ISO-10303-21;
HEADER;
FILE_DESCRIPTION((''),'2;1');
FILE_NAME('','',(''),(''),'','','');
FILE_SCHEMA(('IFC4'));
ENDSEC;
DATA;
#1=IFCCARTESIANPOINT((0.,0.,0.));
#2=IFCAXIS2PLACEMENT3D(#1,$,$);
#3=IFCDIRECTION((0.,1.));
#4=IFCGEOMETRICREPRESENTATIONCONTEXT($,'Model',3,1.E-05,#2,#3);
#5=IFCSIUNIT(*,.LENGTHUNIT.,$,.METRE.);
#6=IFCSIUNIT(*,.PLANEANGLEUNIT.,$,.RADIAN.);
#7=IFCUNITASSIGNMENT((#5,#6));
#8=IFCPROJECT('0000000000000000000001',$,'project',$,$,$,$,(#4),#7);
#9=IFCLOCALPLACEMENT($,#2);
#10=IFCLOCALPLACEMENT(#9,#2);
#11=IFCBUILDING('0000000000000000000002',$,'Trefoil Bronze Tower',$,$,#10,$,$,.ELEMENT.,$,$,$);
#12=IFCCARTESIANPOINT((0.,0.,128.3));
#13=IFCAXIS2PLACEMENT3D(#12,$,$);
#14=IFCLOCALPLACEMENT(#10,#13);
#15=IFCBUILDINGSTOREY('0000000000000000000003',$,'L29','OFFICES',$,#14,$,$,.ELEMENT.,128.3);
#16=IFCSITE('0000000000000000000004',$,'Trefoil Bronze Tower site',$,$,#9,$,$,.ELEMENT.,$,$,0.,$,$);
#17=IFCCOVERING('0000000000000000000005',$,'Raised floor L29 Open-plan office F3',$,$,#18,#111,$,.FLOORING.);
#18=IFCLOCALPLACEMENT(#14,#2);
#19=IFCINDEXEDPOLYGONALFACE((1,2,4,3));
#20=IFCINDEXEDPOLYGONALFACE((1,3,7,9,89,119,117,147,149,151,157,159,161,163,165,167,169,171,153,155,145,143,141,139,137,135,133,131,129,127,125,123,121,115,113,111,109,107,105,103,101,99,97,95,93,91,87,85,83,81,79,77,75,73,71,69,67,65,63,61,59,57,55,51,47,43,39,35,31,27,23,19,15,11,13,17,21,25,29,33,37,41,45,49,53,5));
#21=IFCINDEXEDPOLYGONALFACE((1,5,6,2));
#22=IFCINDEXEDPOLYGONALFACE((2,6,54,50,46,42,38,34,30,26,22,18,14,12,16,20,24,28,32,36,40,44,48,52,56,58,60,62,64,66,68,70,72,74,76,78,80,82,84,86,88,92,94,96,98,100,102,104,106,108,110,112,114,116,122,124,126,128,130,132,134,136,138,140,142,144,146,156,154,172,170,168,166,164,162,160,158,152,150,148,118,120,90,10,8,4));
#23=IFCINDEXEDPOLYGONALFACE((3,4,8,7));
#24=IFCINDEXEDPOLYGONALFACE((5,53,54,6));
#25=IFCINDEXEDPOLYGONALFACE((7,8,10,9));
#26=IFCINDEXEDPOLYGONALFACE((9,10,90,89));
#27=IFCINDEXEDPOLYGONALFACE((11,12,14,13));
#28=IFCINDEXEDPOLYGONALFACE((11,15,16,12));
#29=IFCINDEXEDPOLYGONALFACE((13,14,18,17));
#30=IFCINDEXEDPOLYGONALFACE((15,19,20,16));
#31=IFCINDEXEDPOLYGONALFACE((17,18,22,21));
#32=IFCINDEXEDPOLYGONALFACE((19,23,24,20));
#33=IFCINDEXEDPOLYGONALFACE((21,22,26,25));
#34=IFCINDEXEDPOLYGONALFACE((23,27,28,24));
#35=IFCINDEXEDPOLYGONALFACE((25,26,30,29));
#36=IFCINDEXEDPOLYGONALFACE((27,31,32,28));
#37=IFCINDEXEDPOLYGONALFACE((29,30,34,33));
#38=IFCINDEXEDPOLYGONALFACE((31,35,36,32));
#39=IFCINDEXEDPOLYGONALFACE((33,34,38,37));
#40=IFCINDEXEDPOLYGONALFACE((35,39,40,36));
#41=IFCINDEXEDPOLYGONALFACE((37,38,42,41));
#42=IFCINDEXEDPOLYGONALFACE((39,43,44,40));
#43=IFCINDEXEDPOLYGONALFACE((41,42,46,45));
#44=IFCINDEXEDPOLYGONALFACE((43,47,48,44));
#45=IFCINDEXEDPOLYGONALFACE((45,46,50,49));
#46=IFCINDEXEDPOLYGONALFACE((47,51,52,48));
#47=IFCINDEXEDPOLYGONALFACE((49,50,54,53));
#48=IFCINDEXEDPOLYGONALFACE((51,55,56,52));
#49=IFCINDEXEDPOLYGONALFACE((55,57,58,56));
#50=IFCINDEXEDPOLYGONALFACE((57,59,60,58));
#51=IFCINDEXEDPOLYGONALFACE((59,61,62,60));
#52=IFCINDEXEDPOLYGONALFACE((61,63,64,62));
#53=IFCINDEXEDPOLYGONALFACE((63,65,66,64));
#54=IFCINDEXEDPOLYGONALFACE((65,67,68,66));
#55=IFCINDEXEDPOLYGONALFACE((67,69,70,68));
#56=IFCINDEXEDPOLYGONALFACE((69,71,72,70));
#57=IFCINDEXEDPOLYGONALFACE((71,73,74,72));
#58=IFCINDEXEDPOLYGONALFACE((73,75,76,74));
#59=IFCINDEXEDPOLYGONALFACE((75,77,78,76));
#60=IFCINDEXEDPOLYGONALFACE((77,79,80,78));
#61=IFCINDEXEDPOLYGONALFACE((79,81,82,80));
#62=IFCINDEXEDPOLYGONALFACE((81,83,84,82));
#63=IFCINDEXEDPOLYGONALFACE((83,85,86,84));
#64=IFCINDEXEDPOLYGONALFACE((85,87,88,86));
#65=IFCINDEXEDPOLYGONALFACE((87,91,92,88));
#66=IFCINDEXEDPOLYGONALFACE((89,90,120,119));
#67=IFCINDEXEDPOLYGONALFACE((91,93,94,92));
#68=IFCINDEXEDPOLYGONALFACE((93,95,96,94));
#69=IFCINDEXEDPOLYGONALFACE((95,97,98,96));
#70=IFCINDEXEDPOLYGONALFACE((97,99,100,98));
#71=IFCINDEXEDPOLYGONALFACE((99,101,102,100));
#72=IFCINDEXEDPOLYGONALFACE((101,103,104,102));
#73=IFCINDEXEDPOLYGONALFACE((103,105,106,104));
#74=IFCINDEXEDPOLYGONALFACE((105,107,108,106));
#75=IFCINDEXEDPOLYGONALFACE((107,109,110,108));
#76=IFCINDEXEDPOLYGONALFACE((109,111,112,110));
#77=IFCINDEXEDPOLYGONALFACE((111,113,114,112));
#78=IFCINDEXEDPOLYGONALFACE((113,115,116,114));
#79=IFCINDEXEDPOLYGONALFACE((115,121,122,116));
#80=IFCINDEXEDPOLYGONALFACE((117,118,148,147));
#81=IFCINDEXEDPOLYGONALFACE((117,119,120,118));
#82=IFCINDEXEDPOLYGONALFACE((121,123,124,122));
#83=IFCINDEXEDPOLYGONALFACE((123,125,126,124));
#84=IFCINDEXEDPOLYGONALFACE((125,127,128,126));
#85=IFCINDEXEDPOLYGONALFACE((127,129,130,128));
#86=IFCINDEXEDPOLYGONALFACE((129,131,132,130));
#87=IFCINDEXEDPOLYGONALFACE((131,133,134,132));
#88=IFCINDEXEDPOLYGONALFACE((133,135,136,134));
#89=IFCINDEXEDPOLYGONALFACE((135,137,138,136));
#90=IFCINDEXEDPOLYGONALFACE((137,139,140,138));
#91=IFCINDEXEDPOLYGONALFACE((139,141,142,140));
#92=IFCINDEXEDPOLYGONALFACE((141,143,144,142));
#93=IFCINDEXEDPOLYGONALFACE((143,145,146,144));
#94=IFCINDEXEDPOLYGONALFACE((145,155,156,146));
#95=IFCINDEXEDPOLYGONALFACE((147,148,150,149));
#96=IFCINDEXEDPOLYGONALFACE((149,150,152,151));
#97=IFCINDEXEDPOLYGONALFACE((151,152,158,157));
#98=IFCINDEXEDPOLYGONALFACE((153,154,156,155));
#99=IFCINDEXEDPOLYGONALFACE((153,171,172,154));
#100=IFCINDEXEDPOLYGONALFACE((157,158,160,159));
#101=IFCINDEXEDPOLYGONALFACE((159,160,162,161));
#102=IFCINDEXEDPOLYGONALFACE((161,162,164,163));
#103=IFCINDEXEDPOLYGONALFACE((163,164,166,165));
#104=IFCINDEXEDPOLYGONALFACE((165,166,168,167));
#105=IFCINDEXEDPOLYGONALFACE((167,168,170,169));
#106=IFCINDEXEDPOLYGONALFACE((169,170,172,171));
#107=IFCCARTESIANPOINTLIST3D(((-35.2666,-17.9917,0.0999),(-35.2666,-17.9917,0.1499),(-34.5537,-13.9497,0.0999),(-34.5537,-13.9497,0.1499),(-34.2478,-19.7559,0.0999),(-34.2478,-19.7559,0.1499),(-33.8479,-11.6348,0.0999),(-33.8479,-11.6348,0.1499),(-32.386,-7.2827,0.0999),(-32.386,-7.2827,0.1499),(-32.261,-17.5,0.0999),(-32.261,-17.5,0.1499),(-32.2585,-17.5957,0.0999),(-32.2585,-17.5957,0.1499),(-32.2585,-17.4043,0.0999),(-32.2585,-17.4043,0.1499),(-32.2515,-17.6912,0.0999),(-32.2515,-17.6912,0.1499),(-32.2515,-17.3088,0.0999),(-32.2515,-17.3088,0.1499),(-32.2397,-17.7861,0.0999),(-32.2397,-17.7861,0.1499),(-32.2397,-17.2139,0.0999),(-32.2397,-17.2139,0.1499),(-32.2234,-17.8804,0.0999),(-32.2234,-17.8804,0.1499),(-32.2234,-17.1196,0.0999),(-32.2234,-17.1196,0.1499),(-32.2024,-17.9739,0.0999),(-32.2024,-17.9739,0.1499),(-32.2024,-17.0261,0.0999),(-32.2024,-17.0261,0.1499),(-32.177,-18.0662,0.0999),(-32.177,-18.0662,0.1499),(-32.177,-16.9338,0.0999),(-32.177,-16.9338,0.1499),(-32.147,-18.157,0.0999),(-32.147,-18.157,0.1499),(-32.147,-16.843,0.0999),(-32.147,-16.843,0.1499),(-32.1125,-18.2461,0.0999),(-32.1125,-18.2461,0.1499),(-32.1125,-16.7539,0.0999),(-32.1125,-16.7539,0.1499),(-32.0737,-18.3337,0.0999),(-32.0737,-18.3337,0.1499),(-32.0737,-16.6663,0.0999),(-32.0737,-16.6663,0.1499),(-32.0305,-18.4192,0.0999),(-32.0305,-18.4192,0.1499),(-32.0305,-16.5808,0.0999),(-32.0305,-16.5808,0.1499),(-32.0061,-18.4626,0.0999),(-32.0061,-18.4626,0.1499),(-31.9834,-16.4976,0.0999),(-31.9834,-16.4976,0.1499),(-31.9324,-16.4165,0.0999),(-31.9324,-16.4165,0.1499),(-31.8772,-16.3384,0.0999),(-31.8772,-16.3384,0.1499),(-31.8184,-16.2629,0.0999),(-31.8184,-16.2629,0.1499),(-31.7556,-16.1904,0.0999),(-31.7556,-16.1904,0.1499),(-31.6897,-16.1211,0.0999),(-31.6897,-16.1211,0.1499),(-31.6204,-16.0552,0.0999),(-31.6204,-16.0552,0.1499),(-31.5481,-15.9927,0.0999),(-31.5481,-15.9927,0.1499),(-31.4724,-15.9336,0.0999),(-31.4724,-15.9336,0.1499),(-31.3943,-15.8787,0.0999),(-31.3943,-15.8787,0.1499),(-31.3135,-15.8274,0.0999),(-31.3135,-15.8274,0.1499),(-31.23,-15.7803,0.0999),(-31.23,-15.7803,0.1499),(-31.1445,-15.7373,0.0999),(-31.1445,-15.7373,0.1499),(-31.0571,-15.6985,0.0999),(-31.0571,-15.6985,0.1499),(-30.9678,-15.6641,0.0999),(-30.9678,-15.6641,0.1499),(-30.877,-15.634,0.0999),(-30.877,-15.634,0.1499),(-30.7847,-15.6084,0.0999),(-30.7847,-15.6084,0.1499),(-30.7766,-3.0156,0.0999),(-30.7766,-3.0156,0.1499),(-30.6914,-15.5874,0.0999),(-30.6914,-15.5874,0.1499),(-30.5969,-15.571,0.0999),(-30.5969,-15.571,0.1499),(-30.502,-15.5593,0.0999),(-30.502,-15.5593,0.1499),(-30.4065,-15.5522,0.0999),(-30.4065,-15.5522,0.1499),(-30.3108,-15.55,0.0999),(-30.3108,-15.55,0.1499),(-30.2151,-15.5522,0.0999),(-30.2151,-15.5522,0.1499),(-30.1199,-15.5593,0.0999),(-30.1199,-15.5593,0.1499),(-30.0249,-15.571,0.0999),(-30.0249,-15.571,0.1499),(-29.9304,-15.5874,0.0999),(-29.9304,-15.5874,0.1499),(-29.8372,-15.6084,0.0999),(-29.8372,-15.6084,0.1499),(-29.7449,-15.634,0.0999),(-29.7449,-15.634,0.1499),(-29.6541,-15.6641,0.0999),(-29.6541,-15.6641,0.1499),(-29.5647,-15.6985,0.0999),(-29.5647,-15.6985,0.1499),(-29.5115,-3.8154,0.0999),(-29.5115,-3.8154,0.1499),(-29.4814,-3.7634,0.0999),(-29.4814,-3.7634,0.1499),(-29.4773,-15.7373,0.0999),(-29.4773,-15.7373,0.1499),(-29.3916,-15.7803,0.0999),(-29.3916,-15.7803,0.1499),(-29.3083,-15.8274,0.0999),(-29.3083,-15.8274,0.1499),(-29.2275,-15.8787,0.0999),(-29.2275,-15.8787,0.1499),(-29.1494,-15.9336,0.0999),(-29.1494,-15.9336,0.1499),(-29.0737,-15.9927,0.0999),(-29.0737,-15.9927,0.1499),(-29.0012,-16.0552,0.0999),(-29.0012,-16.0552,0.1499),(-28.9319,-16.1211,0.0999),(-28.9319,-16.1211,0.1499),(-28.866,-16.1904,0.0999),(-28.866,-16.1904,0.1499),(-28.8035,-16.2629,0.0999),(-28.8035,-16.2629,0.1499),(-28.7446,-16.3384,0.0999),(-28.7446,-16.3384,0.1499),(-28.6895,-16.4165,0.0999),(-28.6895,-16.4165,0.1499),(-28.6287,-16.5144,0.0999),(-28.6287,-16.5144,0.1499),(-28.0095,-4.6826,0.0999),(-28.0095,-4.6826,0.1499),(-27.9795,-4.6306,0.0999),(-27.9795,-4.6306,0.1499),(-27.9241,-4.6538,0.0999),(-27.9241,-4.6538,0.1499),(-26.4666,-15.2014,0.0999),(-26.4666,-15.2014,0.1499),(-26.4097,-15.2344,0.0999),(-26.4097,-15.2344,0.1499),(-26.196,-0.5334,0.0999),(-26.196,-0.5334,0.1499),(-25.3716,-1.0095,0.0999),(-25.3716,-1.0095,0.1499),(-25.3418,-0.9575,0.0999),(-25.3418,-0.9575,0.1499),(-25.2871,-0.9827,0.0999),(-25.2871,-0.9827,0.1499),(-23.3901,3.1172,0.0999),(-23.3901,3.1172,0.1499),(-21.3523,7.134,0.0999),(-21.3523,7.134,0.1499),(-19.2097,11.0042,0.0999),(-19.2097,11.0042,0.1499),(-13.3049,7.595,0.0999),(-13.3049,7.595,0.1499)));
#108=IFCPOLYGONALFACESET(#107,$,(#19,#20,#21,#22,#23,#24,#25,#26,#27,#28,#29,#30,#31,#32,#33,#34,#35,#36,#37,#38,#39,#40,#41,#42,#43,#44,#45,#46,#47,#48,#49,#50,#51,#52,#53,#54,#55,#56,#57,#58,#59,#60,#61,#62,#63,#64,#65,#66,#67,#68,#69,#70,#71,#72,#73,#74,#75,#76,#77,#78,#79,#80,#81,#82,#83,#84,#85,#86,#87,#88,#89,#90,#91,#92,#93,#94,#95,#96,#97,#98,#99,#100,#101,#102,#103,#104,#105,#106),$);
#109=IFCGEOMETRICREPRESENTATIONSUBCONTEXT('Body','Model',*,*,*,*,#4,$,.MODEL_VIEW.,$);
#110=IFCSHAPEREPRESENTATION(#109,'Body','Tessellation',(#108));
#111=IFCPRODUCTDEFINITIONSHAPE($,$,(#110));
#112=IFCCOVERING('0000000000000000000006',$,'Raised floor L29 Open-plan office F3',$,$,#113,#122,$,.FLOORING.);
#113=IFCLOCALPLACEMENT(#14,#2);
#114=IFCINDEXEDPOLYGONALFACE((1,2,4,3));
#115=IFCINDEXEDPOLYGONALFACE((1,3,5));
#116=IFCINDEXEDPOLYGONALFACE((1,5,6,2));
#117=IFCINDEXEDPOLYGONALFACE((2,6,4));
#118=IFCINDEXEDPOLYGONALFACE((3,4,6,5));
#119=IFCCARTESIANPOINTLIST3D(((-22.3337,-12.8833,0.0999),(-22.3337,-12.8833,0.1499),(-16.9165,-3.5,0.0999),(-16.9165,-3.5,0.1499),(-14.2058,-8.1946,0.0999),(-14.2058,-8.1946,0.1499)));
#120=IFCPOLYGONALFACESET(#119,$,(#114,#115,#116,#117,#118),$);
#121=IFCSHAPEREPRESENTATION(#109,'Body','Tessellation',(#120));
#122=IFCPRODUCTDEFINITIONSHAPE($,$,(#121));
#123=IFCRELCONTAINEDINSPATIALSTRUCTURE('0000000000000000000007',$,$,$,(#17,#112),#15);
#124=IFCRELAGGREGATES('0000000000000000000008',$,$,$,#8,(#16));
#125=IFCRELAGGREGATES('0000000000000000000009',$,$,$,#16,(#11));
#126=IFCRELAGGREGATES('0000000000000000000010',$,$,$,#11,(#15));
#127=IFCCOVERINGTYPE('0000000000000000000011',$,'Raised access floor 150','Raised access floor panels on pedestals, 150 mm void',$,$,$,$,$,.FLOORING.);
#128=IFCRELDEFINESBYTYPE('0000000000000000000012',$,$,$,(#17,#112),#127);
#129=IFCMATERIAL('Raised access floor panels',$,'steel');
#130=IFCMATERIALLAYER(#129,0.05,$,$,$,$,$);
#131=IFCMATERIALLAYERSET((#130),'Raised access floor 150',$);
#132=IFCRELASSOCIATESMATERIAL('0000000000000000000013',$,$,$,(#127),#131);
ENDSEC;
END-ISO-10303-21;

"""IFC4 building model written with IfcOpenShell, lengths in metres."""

from ifc_helpers import new_model, si_unit, direction, frame, origin, place, context, subcontext, project, spatial, polyline, outline, extrude, material, layer, layer_set, type_object, element, save


model = new_model("IFC4")

# Units and contexts
model_context = context("Model", 3, precision=1e-05, world=origin(), true_north=direction((0.0, 1.0)))
body_context = subcontext(model_context, "Body", "Model", "MODEL_VIEW")
ifc_project = project(units=[si_unit("LENGTHUNIT", "METRE"), si_unit("PLANEANGLEUNIT", "RADIAN")], contexts=[model_context])

# Site, building, storey
site_placement = place(None, origin())
site = spatial("IfcSite", under=ifc_project, at=site_placement, Name="Trefoil Bronze Tower site", CompositionType="ELEMENT", RefElevation=0.0)
building_placement = place(site_placement, origin())
building = spatial("IfcBuilding", under=site, at=building_placement, Name="Trefoil Bronze Tower", CompositionType="ELEMENT")
storey_placement = place(building_placement, frame((0.0, 0.0, 128.3)))
storey = spatial("IfcBuildingStorey", under=building, at=storey_placement, Name="L29", Description="OFFICES", CompositionType="ELEMENT", Elevation=128.3)

# Coverings
ifc_material_1 = material(Name="Raised access floor panels", Category="steel")
ifc_layer_1 = layer(ifc_material_1, 0.05)
ifc_layer_set_1 = layer_set([ifc_layer_1], Name="Raised access floor 150")
covering_type_1 = type_object("IfcCoveringType", Name="Raised access floor 150", Description="Raised access floor panels on pedestals, 150 mm void", PredefinedType="FLOORING", material=ifc_layer_set_1)
covering_1_placement = place(storey_placement, frame((0.0, 0.0, 0.0999)))
element("IfcCovering", 1, at=covering_1_placement, inside=storey, type_object=covering_type_1, Name="Raised floor L29 Open-plan office F3", PredefinedType="FLOORING", context=body_context, shape_type="SweptSolid", body=[
    extrude(outline(polyline([(-35.2666, -17.9917), (-34.5537, -13.9497), (-33.8479, -11.6348), (-32.386, -7.2827), (-30.7766, -3.0156), (-29.4814, -3.7634), (-29.5115, -3.8154), (-28.0095, -4.6826), (-27.9795, -4.6306), (-27.9241, -4.6538), (-26.196, -0.5334), (-25.3716, -1.0095), (-25.3418, -0.9575), (-25.2871, -0.9827), (-23.3901, 3.1172), (-21.3523, 7.134), (-19.2097, 11.0042), (-13.3049, 7.595), (-26.4666, -15.2014), (-26.4097, -15.2344), (-28.6287, -16.5144), (-28.6895, -16.4165), (-28.7446, -16.3384), (-28.8035, -16.2629), (-28.866, -16.1904), (-28.9319, -16.1211), (-29.0012, -16.0552), (-29.0737, -15.9927), (-29.1494, -15.9336), (-29.2275, -15.8787), (-29.3083, -15.8274), (-29.3916, -15.7803), (-29.4773, -15.7373), (-29.5647, -15.6985), (-29.6541, -15.6641), (-29.7449, -15.634), (-29.8372, -15.6084), (-29.9304, -15.5874), (-30.0249, -15.571), (-30.1199, -15.5593), (-30.2151, -15.5522), (-30.3108, -15.55), (-30.4065, -15.5522), (-30.502, -15.5593), (-30.5969, -15.571), (-30.6914, -15.5874), (-30.7847, -15.6084), (-30.877, -15.634), (-30.9678, -15.6641), (-31.0571, -15.6985), (-31.1445, -15.7373), (-31.23, -15.7803), (-31.3135, -15.8274), (-31.3943, -15.8787), (-31.4724, -15.9336), (-31.5481, -15.9927), (-31.6204, -16.0552), (-31.6897, -16.1211), (-31.7556, -16.1904), (-31.8184, -16.2629), (-31.8772, -16.3384), (-31.9324, -16.4165), (-31.9834, -16.4976), (-32.0305, -16.5808), (-32.0737, -16.6663), (-32.1125, -16.7539), (-32.147, -16.843), (-32.177, -16.9338), (-32.2024, -17.0261), (-32.2234, -17.1196), (-32.2397, -17.2139), (-32.2515, -17.3088), (-32.2585, -17.4043), (-32.261, -17.5), (-32.2585, -17.5957), (-32.2515, -17.6912), (-32.2397, -17.7861), (-32.2234, -17.8804), (-32.2024, -17.9739), (-32.177, -18.0662), (-32.147, -18.157), (-32.1125, -18.2461), (-32.0737, -18.3337), (-32.0305, -18.4192), (-32.0061, -18.4626), (-34.2478, -19.7559), (-35.2666, -17.9917)])), origin(), (0.0, 0.0, 1.0), 0.05),
])
covering_2_placement = place(storey_placement, frame((0.0, 0.0, 0.0999)))
element("IfcCovering", 2, at=covering_2_placement, inside=storey, type_object=covering_type_1, Name="Raised floor L29 Open-plan office F3", PredefinedType="FLOORING", context=body_context, shape_type="SweptSolid", body=[
    extrude(outline(polyline([(-14.2058, -8.1946), (-22.3337, -12.8833), (-16.9165, -3.5), (-14.2058, -8.1946)])), origin(), (0.0, 0.0, 1.0), 0.05),
])

save(model, "model.ifc")
